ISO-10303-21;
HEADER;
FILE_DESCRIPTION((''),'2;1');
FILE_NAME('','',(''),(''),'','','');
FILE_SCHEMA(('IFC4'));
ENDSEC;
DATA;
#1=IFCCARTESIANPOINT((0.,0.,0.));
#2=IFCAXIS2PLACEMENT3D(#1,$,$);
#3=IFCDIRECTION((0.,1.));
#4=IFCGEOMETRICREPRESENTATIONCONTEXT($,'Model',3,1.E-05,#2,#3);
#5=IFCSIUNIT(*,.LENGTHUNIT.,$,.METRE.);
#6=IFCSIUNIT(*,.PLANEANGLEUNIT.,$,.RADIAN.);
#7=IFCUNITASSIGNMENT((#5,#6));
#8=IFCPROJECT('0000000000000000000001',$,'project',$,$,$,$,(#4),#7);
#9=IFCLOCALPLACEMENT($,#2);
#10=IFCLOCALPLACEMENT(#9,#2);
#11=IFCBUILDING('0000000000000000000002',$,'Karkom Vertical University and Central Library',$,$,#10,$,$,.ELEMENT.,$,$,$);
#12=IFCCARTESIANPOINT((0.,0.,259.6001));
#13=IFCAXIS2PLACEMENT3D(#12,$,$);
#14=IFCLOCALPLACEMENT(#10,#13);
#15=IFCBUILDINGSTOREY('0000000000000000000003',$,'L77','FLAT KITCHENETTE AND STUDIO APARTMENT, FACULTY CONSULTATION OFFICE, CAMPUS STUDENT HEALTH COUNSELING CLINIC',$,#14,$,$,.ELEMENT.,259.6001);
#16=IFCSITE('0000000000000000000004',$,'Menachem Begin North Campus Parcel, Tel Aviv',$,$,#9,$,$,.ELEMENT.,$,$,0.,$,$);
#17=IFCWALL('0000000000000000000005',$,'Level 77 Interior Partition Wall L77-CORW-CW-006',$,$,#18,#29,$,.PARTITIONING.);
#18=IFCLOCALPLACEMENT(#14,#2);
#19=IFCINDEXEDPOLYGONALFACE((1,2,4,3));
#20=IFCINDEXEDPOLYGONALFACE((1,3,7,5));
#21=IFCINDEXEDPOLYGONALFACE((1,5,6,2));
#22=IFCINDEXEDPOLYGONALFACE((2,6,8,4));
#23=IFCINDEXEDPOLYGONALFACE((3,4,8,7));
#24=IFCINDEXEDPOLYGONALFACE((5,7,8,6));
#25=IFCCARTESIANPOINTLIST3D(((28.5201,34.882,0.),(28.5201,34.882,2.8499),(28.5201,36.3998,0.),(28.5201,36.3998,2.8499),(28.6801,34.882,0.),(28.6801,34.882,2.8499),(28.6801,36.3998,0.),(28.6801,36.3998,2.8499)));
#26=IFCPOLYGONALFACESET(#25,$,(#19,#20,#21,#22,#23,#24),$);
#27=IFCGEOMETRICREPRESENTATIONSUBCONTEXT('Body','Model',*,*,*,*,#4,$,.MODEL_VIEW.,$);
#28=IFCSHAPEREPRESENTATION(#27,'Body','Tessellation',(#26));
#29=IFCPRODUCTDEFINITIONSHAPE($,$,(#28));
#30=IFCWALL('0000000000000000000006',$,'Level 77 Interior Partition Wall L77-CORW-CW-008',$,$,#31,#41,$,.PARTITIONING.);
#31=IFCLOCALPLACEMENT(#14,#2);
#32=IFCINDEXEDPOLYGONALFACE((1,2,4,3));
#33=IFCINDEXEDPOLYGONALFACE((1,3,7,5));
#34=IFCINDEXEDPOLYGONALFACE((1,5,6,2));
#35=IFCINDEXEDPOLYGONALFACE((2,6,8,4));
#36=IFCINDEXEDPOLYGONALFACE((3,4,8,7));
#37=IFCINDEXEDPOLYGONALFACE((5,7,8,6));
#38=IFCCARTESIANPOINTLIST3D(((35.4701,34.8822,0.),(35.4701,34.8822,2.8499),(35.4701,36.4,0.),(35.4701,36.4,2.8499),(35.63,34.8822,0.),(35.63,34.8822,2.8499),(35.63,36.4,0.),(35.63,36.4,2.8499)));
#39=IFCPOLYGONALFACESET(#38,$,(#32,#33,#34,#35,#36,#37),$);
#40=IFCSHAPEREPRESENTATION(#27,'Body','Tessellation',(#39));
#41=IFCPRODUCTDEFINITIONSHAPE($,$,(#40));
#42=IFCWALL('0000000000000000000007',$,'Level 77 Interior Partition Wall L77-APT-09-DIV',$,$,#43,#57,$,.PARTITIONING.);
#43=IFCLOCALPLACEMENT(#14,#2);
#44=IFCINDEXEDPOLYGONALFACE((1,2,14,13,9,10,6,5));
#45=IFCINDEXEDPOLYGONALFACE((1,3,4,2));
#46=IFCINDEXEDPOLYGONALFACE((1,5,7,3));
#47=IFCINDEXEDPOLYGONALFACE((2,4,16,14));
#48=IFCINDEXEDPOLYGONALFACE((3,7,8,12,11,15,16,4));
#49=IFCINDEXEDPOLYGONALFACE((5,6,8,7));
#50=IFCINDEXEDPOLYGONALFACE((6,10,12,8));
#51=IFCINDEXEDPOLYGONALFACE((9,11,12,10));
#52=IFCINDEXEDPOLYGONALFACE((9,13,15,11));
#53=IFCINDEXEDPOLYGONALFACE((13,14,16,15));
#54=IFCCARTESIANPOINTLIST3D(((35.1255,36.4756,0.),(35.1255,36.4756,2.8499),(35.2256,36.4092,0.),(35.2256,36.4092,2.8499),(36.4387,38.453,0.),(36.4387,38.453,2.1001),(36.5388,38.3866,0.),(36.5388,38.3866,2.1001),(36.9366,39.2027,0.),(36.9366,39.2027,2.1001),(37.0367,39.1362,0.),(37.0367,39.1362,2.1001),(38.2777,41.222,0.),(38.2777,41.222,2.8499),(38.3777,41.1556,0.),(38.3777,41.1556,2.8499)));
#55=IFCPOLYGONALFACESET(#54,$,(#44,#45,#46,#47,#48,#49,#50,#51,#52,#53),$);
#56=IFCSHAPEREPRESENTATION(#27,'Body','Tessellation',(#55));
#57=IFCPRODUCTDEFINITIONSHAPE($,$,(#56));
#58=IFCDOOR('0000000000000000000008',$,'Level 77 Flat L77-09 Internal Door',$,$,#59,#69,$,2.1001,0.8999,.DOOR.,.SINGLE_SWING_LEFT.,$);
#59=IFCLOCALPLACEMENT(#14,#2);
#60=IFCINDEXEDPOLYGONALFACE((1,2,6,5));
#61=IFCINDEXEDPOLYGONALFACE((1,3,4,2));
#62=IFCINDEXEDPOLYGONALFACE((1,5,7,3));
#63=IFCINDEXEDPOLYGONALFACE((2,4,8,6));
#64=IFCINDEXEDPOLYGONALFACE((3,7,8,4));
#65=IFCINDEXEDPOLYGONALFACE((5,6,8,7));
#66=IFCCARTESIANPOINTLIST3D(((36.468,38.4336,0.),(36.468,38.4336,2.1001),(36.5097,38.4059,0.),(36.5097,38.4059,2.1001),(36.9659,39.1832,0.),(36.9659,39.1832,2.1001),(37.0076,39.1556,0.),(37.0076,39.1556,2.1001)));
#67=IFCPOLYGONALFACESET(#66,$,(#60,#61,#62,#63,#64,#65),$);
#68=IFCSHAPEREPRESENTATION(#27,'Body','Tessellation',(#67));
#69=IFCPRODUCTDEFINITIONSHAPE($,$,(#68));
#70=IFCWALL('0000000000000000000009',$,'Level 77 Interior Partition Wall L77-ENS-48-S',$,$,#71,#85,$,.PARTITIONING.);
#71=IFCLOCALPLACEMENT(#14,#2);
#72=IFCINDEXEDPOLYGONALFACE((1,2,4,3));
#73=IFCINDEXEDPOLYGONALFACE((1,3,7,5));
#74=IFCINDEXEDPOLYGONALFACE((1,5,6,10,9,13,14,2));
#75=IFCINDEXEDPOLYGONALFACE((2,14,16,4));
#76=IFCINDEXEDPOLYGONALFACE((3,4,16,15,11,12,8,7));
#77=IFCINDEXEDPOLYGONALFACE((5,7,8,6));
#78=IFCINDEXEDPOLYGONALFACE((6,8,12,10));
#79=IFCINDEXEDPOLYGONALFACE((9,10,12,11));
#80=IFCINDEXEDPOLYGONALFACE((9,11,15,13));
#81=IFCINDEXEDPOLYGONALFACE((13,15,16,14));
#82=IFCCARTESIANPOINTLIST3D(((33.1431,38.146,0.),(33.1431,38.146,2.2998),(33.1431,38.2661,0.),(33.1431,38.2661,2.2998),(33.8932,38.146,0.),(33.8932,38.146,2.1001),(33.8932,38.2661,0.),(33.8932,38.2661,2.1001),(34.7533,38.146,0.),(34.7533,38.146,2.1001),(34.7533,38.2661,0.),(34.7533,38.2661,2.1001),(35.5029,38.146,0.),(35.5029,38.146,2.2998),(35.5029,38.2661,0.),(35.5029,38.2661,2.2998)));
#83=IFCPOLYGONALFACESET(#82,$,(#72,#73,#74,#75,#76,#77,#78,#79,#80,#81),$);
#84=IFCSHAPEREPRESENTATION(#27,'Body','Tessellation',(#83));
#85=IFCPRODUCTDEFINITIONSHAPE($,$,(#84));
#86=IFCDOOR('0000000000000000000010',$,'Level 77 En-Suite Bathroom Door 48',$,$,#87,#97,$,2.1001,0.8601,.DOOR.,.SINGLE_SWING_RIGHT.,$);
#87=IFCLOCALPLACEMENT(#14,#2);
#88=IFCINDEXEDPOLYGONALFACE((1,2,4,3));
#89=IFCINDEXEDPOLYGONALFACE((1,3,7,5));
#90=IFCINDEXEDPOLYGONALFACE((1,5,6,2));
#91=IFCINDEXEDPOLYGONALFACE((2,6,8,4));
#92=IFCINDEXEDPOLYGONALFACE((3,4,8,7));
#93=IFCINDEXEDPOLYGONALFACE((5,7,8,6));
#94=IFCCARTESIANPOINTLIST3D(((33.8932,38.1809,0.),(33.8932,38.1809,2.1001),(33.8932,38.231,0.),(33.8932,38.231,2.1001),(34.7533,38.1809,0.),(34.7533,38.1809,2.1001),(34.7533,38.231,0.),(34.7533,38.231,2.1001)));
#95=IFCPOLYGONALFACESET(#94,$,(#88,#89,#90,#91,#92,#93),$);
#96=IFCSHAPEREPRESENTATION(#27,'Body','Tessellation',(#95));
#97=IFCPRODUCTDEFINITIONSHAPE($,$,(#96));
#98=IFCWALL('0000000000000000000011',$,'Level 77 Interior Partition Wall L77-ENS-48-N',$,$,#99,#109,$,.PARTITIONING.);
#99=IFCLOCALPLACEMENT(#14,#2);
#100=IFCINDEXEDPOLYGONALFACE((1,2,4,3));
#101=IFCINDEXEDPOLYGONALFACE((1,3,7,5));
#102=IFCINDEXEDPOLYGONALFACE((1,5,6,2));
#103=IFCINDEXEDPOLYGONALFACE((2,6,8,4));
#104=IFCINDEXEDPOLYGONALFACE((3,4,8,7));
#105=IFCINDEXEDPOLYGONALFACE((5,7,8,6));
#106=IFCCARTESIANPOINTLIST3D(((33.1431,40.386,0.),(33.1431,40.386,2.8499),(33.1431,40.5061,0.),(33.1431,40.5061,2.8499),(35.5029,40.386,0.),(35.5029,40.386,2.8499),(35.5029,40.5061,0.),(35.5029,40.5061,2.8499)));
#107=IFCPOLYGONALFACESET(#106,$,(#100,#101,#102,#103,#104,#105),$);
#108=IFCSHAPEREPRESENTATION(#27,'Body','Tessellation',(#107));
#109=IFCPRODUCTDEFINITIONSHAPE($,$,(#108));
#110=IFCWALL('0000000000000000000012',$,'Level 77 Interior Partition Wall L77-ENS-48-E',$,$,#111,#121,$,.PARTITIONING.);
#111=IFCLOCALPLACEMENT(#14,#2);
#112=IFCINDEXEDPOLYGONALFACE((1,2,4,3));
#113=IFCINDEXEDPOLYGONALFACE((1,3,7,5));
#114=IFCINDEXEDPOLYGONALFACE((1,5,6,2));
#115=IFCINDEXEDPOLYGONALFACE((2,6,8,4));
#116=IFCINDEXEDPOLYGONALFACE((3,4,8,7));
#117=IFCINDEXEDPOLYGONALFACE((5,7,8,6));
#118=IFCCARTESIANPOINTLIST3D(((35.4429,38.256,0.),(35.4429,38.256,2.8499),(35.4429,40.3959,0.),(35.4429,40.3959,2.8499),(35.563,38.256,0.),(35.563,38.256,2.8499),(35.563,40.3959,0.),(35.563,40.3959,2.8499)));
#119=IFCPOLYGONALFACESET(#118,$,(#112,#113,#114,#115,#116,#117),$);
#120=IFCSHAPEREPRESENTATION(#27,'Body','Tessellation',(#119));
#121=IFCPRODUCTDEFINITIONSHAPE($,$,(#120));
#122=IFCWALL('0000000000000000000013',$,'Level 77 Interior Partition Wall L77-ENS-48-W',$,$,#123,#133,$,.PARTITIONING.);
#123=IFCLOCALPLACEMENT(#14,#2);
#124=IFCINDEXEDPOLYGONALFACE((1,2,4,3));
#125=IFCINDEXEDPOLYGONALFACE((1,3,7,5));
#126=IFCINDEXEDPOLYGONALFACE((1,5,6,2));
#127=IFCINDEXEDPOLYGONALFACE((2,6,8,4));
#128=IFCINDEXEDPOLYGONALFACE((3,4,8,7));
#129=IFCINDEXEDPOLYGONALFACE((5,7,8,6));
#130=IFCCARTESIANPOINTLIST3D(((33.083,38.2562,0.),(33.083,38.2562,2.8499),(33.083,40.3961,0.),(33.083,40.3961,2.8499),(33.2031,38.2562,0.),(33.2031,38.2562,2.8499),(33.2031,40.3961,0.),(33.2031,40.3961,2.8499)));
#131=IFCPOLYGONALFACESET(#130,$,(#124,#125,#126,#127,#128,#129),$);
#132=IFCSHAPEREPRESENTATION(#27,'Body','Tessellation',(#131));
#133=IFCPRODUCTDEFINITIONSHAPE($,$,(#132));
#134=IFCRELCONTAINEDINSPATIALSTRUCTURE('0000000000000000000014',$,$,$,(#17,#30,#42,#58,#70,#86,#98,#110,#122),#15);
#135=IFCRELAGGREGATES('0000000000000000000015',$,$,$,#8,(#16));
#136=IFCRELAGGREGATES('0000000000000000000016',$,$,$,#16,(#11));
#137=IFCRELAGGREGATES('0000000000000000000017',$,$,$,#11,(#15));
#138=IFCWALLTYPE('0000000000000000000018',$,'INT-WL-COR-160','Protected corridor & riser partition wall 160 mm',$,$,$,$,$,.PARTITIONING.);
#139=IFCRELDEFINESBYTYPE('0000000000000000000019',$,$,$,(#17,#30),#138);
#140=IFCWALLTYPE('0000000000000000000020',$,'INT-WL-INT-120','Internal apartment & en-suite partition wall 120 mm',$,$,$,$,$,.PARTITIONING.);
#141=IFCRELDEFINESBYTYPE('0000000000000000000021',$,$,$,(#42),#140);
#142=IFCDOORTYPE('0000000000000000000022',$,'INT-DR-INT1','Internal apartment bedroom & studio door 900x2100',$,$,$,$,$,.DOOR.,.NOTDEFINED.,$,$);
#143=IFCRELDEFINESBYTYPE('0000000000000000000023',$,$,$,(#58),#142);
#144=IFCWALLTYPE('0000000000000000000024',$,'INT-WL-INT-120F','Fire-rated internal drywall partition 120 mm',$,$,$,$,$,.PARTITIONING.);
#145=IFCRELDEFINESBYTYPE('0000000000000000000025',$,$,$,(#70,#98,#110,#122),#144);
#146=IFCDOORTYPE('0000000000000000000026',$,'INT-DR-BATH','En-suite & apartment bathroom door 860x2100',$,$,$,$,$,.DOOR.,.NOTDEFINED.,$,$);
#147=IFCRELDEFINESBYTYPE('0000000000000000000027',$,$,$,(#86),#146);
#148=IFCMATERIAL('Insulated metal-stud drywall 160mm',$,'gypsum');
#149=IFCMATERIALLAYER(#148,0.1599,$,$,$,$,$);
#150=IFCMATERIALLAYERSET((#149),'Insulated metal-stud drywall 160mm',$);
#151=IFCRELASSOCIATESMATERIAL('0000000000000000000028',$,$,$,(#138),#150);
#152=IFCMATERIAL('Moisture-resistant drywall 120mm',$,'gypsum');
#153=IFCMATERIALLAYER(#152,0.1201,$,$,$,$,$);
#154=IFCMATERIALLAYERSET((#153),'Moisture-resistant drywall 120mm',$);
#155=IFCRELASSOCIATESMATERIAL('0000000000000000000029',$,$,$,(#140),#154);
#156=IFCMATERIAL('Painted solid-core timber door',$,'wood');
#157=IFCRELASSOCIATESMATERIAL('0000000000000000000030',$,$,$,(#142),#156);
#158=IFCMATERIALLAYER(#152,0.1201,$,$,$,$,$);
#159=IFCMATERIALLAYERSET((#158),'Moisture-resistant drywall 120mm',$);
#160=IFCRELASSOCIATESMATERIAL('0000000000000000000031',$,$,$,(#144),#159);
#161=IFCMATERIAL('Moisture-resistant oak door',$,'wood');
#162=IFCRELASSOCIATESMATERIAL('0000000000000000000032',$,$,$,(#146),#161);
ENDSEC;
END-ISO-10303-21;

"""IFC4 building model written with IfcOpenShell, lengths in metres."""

from ifc_helpers import new_model, si_unit, direction, frame, frame_2d, origin, origin_with_axes, place, context, subcontext, project, spatial, rectangle, extrude, source, transform, mapped, material, layer, layer_set, type_object, element, fill, save


model = new_model("IFC4")

# Units and contexts
model_context = context("Model", 3, precision=1e-05, world=origin(), true_north=direction((0.0, 1.0)))
body_context = subcontext(model_context, "Body", "Model", "MODEL_VIEW")
ifc_project = project(units=[si_unit("LENGTHUNIT", "METRE"), si_unit("PLANEANGLEUNIT", "RADIAN")], contexts=[model_context])

# Site, building, storey
site_placement = place(None, origin())
site = spatial("IfcSite", under=ifc_project, at=site_placement, Name="Menachem Begin North Campus Parcel, Tel Aviv", CompositionType="ELEMENT", RefElevation=0.0)
building_placement = place(site_placement, origin())
building = spatial("IfcBuilding", under=site, at=building_placement, Name="Karkom Vertical University and Central Library", CompositionType="ELEMENT")
storey_placement = place(building_placement, frame((0.0, 0.0, 259.6001)))
storey = spatial("IfcBuildingStorey", under=building, at=storey_placement, Name="L77", Description="FLAT KITCHENETTE AND STUDIO APARTMENT, FACULTY CONSULTATION OFFICE, CAMPUS STUDENT HEALTH COUNSELING CLINIC", CompositionType="ELEMENT", Elevation=259.6001)

# Walls
ifc_material_1 = material(Name="Insulated metal-stud drywall 160mm", Category="gypsum")
ifc_layer_1 = layer(ifc_material_1, 0.1599)
ifc_layer_set_1 = layer_set([ifc_layer_1], Name="Insulated metal-stud drywall 160mm")
wall_type_1 = type_object("IfcWallType", Name="INT-WL-COR-160", Description="Protected corridor & riser partition wall 160 mm", PredefinedType="PARTITIONING", material=ifc_layer_set_1)
for number, where, z_axis, x_axis, name in (
    (1, (28.6001, 34.8821, 0.0), (0.0, 0.0, 1.0), (0.0, 1.0, 0.0), "Level 77 Interior Partition Wall L77-CORW-CW-006"),
    (2, (35.55, 36.3999, 0.0), (0.0, 0.0, 1.0), (0.0, -1.0, 0.0), "Level 77 Interior Partition Wall L77-CORW-CW-008"),
):
    element("IfcWall", number, at=place(storey_placement, frame(where, z_axis=z_axis, x_axis=x_axis)), inside=storey, type_object=wall_type_1, Name=name, PredefinedType="PARTITIONING", context=body_context, shape_type="SweptSolid", body=[
        extrude(rectangle(XDim=1.5178, YDim=0.1599, at=frame_2d((0.7588, 0.0))), origin(), (0.0, 0.0, 1.0), 2.8499),
    ])

# Walls, openings, doors
ifc_material_2 = material(Name="Moisture-resistant drywall 120mm", Category="gypsum")
ifc_layer_2 = layer(ifc_material_2, 0.1201)
ifc_layer_set_2 = layer_set([ifc_layer_2], Name="Moisture-resistant drywall 120mm")
wall_type_2 = type_object("IfcWallType", Name="INT-WL-INT-120", Description="Internal apartment & en-suite partition wall 120 mm", PredefinedType="PARTITIONING", material=ifc_layer_set_2)
wall_1_placement = place(storey_placement, frame((35.1755, 36.4424, 0.0), z_axis=(0.0, 0.0, 1.0), x_axis=(0.553226, 0.833031, 0.0)))
wall_1 = element("IfcWall", 3, at=wall_1_placement, inside=storey, type_object=wall_type_2, Name="Level 77 Interior Partition Wall L77-APT-09-DIV", PredefinedType="PARTITIONING", context=body_context, shape_type="SweptSolid", body=[
    extrude(rectangle(XDim=5.6978, YDim=0.1201, at=frame_2d((2.8489, 0.0))), origin(), (0.0, 0.0, 1.0), 2.8499),
])
opening_1_placement = place(wall_1_placement, frame((2.3738, 0.0, 0.0)))
opening_1 = element("IfcOpeningElement", 4, at=opening_1_placement, cuts=wall_1, PredefinedType="OPENING", context=body_context, shape_type="SweptSolid", body=[
    extrude(rectangle(XDim=0.8999, YDim=2.1001, at=frame_2d((0.45, 1.05))), frame((0.0, 0.0701, 0.0), z_axis=(0.0, -1.0, 0.0), x_axis=(1.0, 0.0, 0.0)), (0.0, 0.0, 1.0), 0.1401),
])
ifc_material_3 = material(Name="Painted solid-core timber door", Category="wood")
door_type_1 = type_object("IfcDoorType", Name="INT-DR-INT1", Description="Internal apartment bedroom & studio door 900x2100", OperationType="NOTDEFINED", PredefinedType="DOOR", material=ifc_material_3)
shared_shape_1 = source(origin_with_axes(), body_context, "Body", "SweptSolid", [
    extrude(rectangle(XDim=0.8999, YDim=2.1001, at=frame_2d((0.45, 1.05))), frame((0.0, 0.0249, 0.0), z_axis=(0.0, -1.0, 0.0), x_axis=(1.0, 0.0, 0.0)), (0.0, 0.0, 1.0), 0.05),
])
door_1_placement = place(opening_1_placement, origin())
door_1 = element("IfcDoor", 5, at=door_1_placement, inside=storey, type_object=door_type_1, Name="Level 77 Flat L77-09 Internal Door", OperationType="SINGLE_SWING_LEFT", OverallHeight=2.1001, OverallWidth=0.8999, PredefinedType="DOOR", context=body_context, shape_type="MappedRepresentation", body=[
    mapped(shared_shape_1, transform((0.0, 0.0, 0.0), scale=1.0)),
])
fill(opening_1, door_1)
ifc_layer_3 = layer(ifc_material_2, 0.1201)
ifc_layer_set_3 = layer_set([ifc_layer_3], Name="Moisture-resistant drywall 120mm")
wall_type_3 = type_object("IfcWallType", Name="INT-WL-INT-120F", Description="Fire-rated internal drywall partition 120 mm", PredefinedType="PARTITIONING", material=ifc_layer_set_3)
wall_2_placement = place(storey_placement, frame((33.1431, 38.2061, 0.0), z_axis=(0.0, 0.0, 1.0), x_axis=(1.0, 0.0, 0.0)))
wall_2 = element("IfcWall", 6, at=wall_2_placement, inside=storey, type_object=wall_type_3, Name="Level 77 Interior Partition Wall L77-ENS-48-S", PredefinedType="PARTITIONING", context=body_context, shape_type="SweptSolid", body=[
    extrude(rectangle(XDim=2.3599, YDim=0.1201, at=frame_2d((1.1799, 0.0))), origin(), (0.0, 0.0, 1.0), 2.2998),
])
opening_2_placement = place(wall_2_placement, frame((0.75, 0.0, 0.0)))
opening_2 = element("IfcOpeningElement", 7, at=opening_2_placement, cuts=wall_2, PredefinedType="OPENING", context=body_context, shape_type="SweptSolid", body=[
    extrude(rectangle(XDim=0.8601, YDim=2.1001, at=frame_2d((0.4302, 1.05))), frame((0.0, 0.0701, 0.0), z_axis=(0.0, -1.0, 0.0), x_axis=(1.0, 0.0, 0.0)), (0.0, 0.0, 1.0), 0.1401),
])
ifc_material_4 = material(Name="Moisture-resistant oak door", Category="wood")
door_type_2 = type_object("IfcDoorType", Name="INT-DR-BATH", Description="En-suite & apartment bathroom door 860x2100", OperationType="NOTDEFINED", PredefinedType="DOOR", material=ifc_material_4)
shared_shape_2 = source(origin_with_axes(), body_context, "Body", "SweptSolid", [
    extrude(rectangle(XDim=0.8601, YDim=2.1001, at=frame_2d((0.4302, 1.05))), frame((0.0, 0.0249, 0.0), z_axis=(0.0, -1.0, 0.0), x_axis=(1.0, 0.0, 0.0)), (0.0, 0.0, 1.0), 0.05),
])
door_2_placement = place(opening_2_placement, origin())
door_2 = element("IfcDoor", 8, at=door_2_placement, inside=storey, type_object=door_type_2, Name="Level 77 En-Suite Bathroom Door 48", OperationType="SINGLE_SWING_RIGHT", OverallHeight=2.1001, OverallWidth=0.8601, PredefinedType="DOOR", context=body_context, shape_type="MappedRepresentation", body=[
    mapped(shared_shape_2, transform((0.0, 0.0, 0.0), scale=1.0)),
])
fill(opening_2, door_2)

# Walls
wall_3_placement = place(storey_placement, frame((35.5029, 40.446, 0.0), z_axis=(0.0, 0.0, 1.0), x_axis=(-1.0, 0.0, 0.0)))
element("IfcWall", 9, at=wall_3_placement, inside=storey, type_object=wall_type_3, Name="Level 77 Interior Partition Wall L77-ENS-48-N", PredefinedType="PARTITIONING", context=body_context, shape_type="SweptSolid", body=[
    extrude(rectangle(XDim=2.3599, YDim=0.1201, at=frame_2d((1.1799, 0.0))), origin(), (0.0, 0.0, 1.0), 2.8499),
])
for number, where, z_axis, x_axis, name in (
    (10, (35.5029, 38.2561, 0.0), (0.0, 0.0, 1.0), (0.0, 1.0, 0.0), "Level 77 Interior Partition Wall L77-ENS-48-E"),
    (11, (33.1431, 40.396, 0.0), (0.0, 0.0, 1.0), (0.0, -1.0, 0.0), "Level 77 Interior Partition Wall L77-ENS-48-W"),
):
    element("IfcWall", number, at=place(storey_placement, frame(where, z_axis=z_axis, x_axis=x_axis)), inside=storey, type_object=wall_type_3, Name=name, PredefinedType="PARTITIONING", context=body_context, shape_type="SweptSolid", body=[
        extrude(rectangle(XDim=2.1399, YDim=0.1201, at=frame_2d((1.0698, 0.0))), origin(), (0.0, 0.0, 1.0), 2.8499),
    ])

save(model, "model.ifc")
